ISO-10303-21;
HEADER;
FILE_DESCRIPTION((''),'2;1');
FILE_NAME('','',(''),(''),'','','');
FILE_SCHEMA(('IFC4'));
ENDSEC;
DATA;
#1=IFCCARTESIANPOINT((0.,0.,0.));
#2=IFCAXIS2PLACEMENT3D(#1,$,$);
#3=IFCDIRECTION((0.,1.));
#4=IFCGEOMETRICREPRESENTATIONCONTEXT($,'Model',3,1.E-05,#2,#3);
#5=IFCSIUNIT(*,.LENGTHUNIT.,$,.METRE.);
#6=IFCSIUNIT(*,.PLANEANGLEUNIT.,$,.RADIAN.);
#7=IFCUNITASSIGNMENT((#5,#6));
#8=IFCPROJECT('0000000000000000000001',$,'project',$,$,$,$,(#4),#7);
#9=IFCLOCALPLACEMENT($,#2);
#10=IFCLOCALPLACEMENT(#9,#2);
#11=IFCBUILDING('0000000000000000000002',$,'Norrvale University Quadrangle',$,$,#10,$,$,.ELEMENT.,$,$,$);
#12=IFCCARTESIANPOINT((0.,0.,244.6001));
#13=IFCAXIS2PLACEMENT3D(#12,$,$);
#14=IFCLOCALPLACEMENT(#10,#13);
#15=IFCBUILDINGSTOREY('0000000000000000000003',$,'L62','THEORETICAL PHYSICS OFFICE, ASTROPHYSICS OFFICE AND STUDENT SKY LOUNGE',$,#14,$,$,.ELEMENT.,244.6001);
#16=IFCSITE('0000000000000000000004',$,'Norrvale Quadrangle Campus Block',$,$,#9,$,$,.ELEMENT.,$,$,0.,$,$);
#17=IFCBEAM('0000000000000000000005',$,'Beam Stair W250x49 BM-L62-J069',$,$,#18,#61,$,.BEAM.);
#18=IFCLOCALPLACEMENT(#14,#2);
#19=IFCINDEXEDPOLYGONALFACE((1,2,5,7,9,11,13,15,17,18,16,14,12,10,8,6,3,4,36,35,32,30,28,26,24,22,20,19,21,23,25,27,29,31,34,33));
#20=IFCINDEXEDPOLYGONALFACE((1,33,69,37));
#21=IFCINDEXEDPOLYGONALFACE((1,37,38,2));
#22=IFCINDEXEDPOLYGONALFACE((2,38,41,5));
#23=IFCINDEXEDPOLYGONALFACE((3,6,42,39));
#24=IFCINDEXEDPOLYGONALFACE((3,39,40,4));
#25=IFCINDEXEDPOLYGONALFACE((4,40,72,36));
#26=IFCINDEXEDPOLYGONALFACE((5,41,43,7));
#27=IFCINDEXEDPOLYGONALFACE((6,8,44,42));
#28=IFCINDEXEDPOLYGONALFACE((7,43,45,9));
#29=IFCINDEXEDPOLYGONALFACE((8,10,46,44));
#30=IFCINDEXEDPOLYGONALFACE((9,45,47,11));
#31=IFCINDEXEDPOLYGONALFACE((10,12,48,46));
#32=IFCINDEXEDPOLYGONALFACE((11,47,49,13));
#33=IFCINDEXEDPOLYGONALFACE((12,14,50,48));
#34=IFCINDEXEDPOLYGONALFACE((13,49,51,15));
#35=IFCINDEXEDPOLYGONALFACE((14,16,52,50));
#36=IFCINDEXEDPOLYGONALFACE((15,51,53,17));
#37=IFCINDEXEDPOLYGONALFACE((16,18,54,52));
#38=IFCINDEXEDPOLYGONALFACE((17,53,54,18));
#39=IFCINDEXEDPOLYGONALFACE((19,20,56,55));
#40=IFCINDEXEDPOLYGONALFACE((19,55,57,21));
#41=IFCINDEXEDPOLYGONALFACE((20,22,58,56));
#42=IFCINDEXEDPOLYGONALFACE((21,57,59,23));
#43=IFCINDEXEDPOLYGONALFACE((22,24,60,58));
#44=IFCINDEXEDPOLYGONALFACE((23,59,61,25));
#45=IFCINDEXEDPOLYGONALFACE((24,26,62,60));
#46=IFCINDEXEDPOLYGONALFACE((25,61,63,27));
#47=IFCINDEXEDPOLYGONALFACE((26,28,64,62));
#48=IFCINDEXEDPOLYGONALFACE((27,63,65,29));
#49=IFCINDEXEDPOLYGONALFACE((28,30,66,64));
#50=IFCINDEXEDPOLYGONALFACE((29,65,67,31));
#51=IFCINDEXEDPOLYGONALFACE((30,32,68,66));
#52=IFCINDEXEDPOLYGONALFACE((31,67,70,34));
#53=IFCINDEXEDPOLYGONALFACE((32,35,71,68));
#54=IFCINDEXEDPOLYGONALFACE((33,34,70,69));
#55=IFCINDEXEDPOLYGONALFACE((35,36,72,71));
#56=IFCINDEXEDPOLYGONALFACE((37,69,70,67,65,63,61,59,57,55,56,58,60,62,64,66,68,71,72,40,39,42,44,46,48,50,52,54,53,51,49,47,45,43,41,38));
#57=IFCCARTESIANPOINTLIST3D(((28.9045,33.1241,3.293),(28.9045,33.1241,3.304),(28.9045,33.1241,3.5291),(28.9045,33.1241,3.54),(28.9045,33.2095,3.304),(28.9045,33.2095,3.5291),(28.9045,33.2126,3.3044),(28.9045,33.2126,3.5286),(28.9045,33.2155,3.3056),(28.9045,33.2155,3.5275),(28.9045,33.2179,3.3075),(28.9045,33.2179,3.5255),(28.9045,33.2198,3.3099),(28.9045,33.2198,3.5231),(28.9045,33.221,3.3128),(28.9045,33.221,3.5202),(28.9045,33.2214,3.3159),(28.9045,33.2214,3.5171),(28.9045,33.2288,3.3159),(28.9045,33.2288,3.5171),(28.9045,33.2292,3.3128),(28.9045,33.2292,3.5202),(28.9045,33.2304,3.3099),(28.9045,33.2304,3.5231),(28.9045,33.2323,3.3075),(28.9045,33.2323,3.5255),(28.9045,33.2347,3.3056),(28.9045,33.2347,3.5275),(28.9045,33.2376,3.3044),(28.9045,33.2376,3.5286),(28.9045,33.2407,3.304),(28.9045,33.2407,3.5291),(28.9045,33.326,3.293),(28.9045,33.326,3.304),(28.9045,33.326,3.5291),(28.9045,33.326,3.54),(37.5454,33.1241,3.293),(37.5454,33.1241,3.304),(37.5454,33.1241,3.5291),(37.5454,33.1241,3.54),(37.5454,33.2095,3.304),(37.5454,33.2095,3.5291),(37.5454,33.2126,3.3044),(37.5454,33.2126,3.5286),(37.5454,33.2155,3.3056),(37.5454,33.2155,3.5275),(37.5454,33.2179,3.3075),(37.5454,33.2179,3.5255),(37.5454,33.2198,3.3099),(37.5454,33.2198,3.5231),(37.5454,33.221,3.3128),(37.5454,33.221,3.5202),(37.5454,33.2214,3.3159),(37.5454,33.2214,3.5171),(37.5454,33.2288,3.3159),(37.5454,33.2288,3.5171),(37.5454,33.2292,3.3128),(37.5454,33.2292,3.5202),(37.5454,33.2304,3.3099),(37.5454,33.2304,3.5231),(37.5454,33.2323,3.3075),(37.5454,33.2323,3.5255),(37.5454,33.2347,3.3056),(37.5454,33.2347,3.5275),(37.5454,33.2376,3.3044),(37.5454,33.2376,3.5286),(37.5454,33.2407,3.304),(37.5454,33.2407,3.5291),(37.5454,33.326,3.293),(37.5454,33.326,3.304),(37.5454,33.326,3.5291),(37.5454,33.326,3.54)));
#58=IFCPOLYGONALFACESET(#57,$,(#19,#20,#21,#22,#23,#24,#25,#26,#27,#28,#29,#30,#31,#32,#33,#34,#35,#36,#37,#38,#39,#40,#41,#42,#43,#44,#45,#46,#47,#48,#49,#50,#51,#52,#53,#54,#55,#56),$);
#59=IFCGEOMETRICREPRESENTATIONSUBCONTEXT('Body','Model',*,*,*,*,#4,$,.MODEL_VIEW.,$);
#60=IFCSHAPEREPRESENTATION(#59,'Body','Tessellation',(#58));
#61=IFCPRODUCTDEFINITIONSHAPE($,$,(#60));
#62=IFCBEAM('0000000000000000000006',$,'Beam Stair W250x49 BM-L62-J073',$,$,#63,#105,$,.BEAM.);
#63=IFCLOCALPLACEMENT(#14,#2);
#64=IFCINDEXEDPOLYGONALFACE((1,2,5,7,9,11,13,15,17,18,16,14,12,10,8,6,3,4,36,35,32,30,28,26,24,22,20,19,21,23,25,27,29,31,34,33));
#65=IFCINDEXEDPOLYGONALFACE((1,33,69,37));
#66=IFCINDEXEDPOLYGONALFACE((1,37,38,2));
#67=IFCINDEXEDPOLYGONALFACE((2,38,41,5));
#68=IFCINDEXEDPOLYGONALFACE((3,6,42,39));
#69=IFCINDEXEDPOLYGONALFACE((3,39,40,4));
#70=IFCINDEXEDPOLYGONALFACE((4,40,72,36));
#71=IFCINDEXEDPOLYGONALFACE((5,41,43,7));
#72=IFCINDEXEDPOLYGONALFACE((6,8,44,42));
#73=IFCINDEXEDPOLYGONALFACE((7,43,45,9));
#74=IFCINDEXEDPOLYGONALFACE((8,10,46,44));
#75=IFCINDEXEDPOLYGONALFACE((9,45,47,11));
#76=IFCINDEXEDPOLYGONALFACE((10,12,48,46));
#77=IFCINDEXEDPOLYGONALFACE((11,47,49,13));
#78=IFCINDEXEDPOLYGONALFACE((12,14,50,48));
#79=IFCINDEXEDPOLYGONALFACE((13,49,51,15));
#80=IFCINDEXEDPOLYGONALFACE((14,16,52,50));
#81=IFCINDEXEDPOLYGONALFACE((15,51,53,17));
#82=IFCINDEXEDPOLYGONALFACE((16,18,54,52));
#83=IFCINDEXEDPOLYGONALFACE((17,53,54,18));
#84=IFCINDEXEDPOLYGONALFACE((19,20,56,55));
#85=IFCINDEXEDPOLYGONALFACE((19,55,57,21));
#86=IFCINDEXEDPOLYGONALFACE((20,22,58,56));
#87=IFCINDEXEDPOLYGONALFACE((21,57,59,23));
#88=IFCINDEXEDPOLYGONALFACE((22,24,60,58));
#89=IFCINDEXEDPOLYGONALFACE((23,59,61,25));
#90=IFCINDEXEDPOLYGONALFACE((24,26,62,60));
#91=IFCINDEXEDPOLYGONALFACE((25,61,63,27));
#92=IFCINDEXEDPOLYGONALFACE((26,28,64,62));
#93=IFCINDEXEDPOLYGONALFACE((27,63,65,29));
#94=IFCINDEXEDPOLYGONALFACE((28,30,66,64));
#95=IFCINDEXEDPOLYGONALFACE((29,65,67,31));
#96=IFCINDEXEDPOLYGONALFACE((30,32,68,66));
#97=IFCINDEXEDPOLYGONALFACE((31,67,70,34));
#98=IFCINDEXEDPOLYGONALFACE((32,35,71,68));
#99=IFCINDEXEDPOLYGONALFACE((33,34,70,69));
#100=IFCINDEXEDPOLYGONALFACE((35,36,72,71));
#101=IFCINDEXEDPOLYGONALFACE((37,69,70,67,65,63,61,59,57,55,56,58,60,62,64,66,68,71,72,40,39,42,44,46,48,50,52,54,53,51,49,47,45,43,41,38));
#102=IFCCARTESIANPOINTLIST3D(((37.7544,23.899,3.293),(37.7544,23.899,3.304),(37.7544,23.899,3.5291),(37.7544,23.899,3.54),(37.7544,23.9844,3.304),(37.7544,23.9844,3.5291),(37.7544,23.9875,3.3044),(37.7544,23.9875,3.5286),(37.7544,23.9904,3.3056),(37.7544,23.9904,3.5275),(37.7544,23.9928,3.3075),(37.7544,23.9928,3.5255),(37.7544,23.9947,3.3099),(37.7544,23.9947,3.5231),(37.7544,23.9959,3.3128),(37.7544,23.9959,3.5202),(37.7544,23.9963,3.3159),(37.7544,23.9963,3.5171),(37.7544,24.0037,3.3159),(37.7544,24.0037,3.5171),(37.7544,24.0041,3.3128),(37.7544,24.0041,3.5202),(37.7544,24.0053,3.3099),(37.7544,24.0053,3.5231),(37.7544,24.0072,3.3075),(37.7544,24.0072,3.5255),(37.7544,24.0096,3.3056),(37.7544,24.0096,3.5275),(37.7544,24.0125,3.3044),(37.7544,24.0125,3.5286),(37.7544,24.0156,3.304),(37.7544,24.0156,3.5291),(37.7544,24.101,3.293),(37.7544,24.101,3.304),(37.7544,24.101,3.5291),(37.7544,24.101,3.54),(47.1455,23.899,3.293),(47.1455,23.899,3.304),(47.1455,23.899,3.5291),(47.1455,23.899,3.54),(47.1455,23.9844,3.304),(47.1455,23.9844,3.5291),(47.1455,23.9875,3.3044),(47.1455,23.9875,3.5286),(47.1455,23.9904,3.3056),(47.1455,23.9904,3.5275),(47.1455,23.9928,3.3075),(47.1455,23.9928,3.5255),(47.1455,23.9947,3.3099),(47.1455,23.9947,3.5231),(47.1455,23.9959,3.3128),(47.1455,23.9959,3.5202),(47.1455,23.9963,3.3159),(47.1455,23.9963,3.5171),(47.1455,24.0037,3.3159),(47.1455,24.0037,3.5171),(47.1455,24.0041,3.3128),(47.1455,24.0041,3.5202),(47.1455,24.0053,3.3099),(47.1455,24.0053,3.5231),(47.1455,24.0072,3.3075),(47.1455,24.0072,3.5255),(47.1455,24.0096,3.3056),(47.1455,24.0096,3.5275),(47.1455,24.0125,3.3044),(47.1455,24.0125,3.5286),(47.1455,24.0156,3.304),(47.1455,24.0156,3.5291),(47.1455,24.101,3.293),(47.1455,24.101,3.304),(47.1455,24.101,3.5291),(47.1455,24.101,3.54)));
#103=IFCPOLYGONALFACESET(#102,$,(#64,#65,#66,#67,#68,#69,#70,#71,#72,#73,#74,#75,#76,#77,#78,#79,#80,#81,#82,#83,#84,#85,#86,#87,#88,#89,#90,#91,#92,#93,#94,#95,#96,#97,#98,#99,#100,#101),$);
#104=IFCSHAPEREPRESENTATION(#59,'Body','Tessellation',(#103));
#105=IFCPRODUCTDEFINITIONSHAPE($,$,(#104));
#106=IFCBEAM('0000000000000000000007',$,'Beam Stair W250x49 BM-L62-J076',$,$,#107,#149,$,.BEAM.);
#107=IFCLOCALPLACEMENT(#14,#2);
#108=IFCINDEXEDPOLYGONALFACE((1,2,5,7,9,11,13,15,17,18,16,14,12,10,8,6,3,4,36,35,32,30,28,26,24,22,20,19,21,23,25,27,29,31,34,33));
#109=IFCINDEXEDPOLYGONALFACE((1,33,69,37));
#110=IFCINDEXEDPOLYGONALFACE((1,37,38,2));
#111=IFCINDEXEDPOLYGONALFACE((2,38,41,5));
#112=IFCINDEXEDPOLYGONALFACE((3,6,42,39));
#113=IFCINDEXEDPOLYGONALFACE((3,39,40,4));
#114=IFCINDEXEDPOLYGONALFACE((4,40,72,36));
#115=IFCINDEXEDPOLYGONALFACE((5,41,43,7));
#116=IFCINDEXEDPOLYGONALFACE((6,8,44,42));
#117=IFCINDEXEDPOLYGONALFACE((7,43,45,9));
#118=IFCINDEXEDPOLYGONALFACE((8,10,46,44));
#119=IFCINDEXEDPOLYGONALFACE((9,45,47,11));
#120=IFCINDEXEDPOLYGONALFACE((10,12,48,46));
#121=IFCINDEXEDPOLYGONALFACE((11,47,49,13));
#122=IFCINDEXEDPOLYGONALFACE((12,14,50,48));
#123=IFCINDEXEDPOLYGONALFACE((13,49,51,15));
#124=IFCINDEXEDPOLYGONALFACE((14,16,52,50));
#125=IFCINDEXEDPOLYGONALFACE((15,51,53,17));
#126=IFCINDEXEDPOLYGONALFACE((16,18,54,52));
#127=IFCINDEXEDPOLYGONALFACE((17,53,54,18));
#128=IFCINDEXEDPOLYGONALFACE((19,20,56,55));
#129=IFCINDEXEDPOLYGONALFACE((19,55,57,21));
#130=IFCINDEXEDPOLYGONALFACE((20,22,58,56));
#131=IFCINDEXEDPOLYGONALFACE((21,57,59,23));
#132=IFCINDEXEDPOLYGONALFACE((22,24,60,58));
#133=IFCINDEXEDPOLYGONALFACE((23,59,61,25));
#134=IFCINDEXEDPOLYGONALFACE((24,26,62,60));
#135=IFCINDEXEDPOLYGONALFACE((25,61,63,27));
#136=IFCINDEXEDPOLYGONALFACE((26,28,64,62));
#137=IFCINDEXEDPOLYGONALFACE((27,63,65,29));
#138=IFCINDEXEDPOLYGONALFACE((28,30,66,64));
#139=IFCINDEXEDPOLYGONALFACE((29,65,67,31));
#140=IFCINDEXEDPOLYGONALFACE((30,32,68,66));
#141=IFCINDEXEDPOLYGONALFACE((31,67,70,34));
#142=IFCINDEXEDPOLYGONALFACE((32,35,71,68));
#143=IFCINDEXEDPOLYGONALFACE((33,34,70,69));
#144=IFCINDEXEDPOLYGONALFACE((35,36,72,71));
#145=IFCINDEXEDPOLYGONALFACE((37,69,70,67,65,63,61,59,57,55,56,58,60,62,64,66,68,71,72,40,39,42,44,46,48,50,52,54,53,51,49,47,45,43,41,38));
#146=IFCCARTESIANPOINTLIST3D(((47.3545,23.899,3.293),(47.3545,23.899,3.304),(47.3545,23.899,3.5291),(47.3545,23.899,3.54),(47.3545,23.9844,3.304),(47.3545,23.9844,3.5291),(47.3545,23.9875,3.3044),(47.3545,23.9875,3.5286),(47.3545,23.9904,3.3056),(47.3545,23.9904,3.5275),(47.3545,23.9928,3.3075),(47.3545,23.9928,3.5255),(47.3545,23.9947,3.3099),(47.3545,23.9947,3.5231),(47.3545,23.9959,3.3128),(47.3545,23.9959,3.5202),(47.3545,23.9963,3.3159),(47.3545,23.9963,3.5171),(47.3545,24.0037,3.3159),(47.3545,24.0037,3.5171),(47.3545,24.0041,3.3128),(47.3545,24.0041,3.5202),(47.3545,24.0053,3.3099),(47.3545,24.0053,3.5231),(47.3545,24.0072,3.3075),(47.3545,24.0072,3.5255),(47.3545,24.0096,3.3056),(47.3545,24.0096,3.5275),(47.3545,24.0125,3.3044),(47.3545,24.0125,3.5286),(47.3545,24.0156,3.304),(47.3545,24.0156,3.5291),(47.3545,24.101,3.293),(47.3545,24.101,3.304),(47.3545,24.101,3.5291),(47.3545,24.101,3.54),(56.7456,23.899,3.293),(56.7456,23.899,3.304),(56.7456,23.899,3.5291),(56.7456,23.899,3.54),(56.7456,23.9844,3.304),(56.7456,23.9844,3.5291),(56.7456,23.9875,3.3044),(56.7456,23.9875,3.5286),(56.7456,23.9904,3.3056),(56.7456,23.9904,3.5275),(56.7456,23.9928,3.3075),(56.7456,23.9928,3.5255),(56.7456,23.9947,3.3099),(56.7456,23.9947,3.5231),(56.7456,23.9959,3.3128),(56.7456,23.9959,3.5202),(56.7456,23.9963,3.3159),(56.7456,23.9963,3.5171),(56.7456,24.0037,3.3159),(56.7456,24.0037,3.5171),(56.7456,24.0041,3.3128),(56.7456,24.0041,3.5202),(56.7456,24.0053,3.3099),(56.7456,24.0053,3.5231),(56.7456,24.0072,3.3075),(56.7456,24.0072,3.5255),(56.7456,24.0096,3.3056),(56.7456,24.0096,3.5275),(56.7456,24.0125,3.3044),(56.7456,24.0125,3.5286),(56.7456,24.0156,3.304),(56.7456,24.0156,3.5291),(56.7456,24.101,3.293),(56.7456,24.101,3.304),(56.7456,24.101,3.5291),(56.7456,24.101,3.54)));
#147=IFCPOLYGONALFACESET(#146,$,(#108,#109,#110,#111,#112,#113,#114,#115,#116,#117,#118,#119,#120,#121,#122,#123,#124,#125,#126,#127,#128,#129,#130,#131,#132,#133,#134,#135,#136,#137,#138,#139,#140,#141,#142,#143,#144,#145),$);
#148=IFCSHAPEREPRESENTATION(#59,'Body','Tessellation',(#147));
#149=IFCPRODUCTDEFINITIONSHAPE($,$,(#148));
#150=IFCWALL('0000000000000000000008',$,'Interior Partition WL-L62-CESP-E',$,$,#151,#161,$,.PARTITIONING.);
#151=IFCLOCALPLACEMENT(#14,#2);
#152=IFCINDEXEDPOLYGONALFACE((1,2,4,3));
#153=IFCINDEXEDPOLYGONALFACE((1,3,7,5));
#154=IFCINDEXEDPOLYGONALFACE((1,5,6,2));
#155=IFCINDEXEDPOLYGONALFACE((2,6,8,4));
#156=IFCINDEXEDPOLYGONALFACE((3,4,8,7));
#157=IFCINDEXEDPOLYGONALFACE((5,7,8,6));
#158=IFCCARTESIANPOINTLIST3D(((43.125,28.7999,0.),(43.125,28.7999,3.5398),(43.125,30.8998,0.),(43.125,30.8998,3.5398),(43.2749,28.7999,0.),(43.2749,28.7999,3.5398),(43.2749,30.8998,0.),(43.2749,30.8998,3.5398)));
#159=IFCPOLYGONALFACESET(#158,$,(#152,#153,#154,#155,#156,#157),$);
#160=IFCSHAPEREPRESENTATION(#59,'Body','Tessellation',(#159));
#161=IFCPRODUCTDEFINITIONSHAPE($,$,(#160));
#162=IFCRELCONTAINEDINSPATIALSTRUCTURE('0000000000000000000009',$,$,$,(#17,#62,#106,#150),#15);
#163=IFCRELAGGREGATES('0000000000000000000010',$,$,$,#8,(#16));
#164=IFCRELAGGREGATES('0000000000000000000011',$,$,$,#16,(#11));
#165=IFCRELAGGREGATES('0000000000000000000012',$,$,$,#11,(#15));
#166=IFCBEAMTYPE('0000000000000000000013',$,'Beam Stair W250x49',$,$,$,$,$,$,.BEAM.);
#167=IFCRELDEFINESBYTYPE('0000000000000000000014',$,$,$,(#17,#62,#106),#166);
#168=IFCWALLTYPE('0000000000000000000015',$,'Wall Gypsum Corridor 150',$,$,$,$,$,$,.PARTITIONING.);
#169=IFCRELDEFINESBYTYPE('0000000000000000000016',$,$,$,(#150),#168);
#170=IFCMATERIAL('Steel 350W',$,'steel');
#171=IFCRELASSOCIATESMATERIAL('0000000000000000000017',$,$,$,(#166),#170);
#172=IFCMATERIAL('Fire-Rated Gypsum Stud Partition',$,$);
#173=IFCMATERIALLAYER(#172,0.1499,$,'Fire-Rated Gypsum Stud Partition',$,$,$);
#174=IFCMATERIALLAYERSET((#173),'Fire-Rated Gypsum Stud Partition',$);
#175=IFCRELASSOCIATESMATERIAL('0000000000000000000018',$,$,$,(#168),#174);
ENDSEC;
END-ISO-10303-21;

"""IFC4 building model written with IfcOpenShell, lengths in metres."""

from ifc_helpers import new_model, si_unit, direction, frame, frame_2d, origin, origin_2d, place, context, subcontext, project, spatial, rectangle, i_section, extrude, material, layer, layer_set, material_profile, profile_set, type_object, element, save


model = new_model("IFC4")

# Units and contexts
model_context = context("Model", 3, precision=1e-05, world=origin(), true_north=direction((0.0, 1.0)))
body_context = subcontext(model_context, "Body", "Model", "MODEL_VIEW")
ifc_project = project(units=[si_unit("LENGTHUNIT", "METRE"), si_unit("PLANEANGLEUNIT", "RADIAN")], contexts=[model_context])

# Site, building, storey
site_placement = place(None, origin())
site = spatial("IfcSite", under=ifc_project, at=site_placement, Name="Norrvale Quadrangle Campus Block", CompositionType="ELEMENT", RefElevation=0.0)
building_placement = place(site_placement, origin())
building = spatial("IfcBuilding", under=site, at=building_placement, Name="Norrvale University Quadrangle", CompositionType="ELEMENT")
storey_placement = place(building_placement, frame((0.0, 0.0, 244.6001)))
storey = spatial("IfcBuildingStorey", under=building, at=storey_placement, Name="L62", Description="THEORETICAL PHYSICS OFFICE, ASTROPHYSICS OFFICE AND STUDENT SKY LOUNGE", CompositionType="ELEMENT", Elevation=244.6001)

# Beams
ifc_material_1 = material(Name="Steel 350W", Category="steel")
ifc_material_profile_1 = material_profile(ifc_material_1, i_section(OverallWidth=0.2019, OverallDepth=0.2471, WebThickness=0.0073, FlangeThickness=0.011, FilletRadius=0.012, at=origin_2d()), Name="Steel 350W")
ifc_profile_set_1 = profile_set([ifc_material_profile_1], Name="Steel 350W")
beam_type_1 = type_object("IfcBeamType", Name="Beam Stair W250x49", PredefinedType="BEAM", material=ifc_profile_set_1)
for number, where, z_axis, x_axis, name in (
    (1, (28.9045, 33.2251, 3.4165), (1.0, 0.0, 0.0), (0.0, 1.0, 0.0), "Beam Stair W250x49 BM-L62-J069"),
):
    element("IfcBeam", number, at=place(storey_placement, frame(where, z_axis=z_axis, x_axis=x_axis)), inside=storey, type_object=beam_type_1, Name=name, PredefinedType="BEAM", context=body_context, shape_type="SweptSolid", body=[
        extrude(i_section(OverallWidth=0.2019, OverallDepth=0.2471, WebThickness=0.0073, FlangeThickness=0.011, FilletRadius=0.012, at=origin_2d()), origin(), (0.0, 0.0, 1.0), 8.6409),
    ])
for number, where, z_axis, x_axis, name in (
    (2, (37.7544, 24.0, 3.4165), (1.0, 0.0, 0.0), (0.0, 1.0, 0.0), "Beam Stair W250x49 BM-L62-J073"),
    (3, (47.3545, 24.0, 3.4165), (1.0, 0.0, 0.0), (0.0, 1.0, 0.0), "Beam Stair W250x49 BM-L62-J076"),
):
    element("IfcBeam", number, at=place(storey_placement, frame(where, z_axis=z_axis, x_axis=x_axis)), inside=storey, type_object=beam_type_1, Name=name, PredefinedType="BEAM", context=body_context, shape_type="SweptSolid", body=[
        extrude(i_section(OverallWidth=0.2019, OverallDepth=0.2471, WebThickness=0.0073, FlangeThickness=0.011, FilletRadius=0.012, at=origin_2d()), origin(), (0.0, 0.0, 1.0), 9.3911),
    ])

# Wall
ifc_material_2 = material(Name="Fire-Rated Gypsum Stud Partition")
ifc_layer_1 = layer(ifc_material_2, 0.1499, Name="Fire-Rated Gypsum Stud Partition")
ifc_layer_set_1 = layer_set([ifc_layer_1], Name="Fire-Rated Gypsum Stud Partition")
wall_type_1 = type_object("IfcWallType", Name="Wall Gypsum Corridor 150", PredefinedType="PARTITIONING", material=ifc_layer_set_1)
wall_1_placement = place(storey_placement, frame((43.2, 28.8, 0.0), z_axis=(0.0, 0.0, 1.0), x_axis=(0.0, 1.0, 0.0)))
element("IfcWall", 4, at=wall_1_placement, inside=storey, type_object=wall_type_1, Name="Interior Partition WL-L62-CESP-E", PredefinedType="PARTITIONING", context=body_context, shape_type="SweptSolid", body=[
    extrude(rectangle(XDim=2.0999, YDim=0.1499, at=frame_2d((1.0498, 0.0))), origin(), (0.0, 0.0, 1.0), 3.5398),
])

save(model, "model.ifc")
